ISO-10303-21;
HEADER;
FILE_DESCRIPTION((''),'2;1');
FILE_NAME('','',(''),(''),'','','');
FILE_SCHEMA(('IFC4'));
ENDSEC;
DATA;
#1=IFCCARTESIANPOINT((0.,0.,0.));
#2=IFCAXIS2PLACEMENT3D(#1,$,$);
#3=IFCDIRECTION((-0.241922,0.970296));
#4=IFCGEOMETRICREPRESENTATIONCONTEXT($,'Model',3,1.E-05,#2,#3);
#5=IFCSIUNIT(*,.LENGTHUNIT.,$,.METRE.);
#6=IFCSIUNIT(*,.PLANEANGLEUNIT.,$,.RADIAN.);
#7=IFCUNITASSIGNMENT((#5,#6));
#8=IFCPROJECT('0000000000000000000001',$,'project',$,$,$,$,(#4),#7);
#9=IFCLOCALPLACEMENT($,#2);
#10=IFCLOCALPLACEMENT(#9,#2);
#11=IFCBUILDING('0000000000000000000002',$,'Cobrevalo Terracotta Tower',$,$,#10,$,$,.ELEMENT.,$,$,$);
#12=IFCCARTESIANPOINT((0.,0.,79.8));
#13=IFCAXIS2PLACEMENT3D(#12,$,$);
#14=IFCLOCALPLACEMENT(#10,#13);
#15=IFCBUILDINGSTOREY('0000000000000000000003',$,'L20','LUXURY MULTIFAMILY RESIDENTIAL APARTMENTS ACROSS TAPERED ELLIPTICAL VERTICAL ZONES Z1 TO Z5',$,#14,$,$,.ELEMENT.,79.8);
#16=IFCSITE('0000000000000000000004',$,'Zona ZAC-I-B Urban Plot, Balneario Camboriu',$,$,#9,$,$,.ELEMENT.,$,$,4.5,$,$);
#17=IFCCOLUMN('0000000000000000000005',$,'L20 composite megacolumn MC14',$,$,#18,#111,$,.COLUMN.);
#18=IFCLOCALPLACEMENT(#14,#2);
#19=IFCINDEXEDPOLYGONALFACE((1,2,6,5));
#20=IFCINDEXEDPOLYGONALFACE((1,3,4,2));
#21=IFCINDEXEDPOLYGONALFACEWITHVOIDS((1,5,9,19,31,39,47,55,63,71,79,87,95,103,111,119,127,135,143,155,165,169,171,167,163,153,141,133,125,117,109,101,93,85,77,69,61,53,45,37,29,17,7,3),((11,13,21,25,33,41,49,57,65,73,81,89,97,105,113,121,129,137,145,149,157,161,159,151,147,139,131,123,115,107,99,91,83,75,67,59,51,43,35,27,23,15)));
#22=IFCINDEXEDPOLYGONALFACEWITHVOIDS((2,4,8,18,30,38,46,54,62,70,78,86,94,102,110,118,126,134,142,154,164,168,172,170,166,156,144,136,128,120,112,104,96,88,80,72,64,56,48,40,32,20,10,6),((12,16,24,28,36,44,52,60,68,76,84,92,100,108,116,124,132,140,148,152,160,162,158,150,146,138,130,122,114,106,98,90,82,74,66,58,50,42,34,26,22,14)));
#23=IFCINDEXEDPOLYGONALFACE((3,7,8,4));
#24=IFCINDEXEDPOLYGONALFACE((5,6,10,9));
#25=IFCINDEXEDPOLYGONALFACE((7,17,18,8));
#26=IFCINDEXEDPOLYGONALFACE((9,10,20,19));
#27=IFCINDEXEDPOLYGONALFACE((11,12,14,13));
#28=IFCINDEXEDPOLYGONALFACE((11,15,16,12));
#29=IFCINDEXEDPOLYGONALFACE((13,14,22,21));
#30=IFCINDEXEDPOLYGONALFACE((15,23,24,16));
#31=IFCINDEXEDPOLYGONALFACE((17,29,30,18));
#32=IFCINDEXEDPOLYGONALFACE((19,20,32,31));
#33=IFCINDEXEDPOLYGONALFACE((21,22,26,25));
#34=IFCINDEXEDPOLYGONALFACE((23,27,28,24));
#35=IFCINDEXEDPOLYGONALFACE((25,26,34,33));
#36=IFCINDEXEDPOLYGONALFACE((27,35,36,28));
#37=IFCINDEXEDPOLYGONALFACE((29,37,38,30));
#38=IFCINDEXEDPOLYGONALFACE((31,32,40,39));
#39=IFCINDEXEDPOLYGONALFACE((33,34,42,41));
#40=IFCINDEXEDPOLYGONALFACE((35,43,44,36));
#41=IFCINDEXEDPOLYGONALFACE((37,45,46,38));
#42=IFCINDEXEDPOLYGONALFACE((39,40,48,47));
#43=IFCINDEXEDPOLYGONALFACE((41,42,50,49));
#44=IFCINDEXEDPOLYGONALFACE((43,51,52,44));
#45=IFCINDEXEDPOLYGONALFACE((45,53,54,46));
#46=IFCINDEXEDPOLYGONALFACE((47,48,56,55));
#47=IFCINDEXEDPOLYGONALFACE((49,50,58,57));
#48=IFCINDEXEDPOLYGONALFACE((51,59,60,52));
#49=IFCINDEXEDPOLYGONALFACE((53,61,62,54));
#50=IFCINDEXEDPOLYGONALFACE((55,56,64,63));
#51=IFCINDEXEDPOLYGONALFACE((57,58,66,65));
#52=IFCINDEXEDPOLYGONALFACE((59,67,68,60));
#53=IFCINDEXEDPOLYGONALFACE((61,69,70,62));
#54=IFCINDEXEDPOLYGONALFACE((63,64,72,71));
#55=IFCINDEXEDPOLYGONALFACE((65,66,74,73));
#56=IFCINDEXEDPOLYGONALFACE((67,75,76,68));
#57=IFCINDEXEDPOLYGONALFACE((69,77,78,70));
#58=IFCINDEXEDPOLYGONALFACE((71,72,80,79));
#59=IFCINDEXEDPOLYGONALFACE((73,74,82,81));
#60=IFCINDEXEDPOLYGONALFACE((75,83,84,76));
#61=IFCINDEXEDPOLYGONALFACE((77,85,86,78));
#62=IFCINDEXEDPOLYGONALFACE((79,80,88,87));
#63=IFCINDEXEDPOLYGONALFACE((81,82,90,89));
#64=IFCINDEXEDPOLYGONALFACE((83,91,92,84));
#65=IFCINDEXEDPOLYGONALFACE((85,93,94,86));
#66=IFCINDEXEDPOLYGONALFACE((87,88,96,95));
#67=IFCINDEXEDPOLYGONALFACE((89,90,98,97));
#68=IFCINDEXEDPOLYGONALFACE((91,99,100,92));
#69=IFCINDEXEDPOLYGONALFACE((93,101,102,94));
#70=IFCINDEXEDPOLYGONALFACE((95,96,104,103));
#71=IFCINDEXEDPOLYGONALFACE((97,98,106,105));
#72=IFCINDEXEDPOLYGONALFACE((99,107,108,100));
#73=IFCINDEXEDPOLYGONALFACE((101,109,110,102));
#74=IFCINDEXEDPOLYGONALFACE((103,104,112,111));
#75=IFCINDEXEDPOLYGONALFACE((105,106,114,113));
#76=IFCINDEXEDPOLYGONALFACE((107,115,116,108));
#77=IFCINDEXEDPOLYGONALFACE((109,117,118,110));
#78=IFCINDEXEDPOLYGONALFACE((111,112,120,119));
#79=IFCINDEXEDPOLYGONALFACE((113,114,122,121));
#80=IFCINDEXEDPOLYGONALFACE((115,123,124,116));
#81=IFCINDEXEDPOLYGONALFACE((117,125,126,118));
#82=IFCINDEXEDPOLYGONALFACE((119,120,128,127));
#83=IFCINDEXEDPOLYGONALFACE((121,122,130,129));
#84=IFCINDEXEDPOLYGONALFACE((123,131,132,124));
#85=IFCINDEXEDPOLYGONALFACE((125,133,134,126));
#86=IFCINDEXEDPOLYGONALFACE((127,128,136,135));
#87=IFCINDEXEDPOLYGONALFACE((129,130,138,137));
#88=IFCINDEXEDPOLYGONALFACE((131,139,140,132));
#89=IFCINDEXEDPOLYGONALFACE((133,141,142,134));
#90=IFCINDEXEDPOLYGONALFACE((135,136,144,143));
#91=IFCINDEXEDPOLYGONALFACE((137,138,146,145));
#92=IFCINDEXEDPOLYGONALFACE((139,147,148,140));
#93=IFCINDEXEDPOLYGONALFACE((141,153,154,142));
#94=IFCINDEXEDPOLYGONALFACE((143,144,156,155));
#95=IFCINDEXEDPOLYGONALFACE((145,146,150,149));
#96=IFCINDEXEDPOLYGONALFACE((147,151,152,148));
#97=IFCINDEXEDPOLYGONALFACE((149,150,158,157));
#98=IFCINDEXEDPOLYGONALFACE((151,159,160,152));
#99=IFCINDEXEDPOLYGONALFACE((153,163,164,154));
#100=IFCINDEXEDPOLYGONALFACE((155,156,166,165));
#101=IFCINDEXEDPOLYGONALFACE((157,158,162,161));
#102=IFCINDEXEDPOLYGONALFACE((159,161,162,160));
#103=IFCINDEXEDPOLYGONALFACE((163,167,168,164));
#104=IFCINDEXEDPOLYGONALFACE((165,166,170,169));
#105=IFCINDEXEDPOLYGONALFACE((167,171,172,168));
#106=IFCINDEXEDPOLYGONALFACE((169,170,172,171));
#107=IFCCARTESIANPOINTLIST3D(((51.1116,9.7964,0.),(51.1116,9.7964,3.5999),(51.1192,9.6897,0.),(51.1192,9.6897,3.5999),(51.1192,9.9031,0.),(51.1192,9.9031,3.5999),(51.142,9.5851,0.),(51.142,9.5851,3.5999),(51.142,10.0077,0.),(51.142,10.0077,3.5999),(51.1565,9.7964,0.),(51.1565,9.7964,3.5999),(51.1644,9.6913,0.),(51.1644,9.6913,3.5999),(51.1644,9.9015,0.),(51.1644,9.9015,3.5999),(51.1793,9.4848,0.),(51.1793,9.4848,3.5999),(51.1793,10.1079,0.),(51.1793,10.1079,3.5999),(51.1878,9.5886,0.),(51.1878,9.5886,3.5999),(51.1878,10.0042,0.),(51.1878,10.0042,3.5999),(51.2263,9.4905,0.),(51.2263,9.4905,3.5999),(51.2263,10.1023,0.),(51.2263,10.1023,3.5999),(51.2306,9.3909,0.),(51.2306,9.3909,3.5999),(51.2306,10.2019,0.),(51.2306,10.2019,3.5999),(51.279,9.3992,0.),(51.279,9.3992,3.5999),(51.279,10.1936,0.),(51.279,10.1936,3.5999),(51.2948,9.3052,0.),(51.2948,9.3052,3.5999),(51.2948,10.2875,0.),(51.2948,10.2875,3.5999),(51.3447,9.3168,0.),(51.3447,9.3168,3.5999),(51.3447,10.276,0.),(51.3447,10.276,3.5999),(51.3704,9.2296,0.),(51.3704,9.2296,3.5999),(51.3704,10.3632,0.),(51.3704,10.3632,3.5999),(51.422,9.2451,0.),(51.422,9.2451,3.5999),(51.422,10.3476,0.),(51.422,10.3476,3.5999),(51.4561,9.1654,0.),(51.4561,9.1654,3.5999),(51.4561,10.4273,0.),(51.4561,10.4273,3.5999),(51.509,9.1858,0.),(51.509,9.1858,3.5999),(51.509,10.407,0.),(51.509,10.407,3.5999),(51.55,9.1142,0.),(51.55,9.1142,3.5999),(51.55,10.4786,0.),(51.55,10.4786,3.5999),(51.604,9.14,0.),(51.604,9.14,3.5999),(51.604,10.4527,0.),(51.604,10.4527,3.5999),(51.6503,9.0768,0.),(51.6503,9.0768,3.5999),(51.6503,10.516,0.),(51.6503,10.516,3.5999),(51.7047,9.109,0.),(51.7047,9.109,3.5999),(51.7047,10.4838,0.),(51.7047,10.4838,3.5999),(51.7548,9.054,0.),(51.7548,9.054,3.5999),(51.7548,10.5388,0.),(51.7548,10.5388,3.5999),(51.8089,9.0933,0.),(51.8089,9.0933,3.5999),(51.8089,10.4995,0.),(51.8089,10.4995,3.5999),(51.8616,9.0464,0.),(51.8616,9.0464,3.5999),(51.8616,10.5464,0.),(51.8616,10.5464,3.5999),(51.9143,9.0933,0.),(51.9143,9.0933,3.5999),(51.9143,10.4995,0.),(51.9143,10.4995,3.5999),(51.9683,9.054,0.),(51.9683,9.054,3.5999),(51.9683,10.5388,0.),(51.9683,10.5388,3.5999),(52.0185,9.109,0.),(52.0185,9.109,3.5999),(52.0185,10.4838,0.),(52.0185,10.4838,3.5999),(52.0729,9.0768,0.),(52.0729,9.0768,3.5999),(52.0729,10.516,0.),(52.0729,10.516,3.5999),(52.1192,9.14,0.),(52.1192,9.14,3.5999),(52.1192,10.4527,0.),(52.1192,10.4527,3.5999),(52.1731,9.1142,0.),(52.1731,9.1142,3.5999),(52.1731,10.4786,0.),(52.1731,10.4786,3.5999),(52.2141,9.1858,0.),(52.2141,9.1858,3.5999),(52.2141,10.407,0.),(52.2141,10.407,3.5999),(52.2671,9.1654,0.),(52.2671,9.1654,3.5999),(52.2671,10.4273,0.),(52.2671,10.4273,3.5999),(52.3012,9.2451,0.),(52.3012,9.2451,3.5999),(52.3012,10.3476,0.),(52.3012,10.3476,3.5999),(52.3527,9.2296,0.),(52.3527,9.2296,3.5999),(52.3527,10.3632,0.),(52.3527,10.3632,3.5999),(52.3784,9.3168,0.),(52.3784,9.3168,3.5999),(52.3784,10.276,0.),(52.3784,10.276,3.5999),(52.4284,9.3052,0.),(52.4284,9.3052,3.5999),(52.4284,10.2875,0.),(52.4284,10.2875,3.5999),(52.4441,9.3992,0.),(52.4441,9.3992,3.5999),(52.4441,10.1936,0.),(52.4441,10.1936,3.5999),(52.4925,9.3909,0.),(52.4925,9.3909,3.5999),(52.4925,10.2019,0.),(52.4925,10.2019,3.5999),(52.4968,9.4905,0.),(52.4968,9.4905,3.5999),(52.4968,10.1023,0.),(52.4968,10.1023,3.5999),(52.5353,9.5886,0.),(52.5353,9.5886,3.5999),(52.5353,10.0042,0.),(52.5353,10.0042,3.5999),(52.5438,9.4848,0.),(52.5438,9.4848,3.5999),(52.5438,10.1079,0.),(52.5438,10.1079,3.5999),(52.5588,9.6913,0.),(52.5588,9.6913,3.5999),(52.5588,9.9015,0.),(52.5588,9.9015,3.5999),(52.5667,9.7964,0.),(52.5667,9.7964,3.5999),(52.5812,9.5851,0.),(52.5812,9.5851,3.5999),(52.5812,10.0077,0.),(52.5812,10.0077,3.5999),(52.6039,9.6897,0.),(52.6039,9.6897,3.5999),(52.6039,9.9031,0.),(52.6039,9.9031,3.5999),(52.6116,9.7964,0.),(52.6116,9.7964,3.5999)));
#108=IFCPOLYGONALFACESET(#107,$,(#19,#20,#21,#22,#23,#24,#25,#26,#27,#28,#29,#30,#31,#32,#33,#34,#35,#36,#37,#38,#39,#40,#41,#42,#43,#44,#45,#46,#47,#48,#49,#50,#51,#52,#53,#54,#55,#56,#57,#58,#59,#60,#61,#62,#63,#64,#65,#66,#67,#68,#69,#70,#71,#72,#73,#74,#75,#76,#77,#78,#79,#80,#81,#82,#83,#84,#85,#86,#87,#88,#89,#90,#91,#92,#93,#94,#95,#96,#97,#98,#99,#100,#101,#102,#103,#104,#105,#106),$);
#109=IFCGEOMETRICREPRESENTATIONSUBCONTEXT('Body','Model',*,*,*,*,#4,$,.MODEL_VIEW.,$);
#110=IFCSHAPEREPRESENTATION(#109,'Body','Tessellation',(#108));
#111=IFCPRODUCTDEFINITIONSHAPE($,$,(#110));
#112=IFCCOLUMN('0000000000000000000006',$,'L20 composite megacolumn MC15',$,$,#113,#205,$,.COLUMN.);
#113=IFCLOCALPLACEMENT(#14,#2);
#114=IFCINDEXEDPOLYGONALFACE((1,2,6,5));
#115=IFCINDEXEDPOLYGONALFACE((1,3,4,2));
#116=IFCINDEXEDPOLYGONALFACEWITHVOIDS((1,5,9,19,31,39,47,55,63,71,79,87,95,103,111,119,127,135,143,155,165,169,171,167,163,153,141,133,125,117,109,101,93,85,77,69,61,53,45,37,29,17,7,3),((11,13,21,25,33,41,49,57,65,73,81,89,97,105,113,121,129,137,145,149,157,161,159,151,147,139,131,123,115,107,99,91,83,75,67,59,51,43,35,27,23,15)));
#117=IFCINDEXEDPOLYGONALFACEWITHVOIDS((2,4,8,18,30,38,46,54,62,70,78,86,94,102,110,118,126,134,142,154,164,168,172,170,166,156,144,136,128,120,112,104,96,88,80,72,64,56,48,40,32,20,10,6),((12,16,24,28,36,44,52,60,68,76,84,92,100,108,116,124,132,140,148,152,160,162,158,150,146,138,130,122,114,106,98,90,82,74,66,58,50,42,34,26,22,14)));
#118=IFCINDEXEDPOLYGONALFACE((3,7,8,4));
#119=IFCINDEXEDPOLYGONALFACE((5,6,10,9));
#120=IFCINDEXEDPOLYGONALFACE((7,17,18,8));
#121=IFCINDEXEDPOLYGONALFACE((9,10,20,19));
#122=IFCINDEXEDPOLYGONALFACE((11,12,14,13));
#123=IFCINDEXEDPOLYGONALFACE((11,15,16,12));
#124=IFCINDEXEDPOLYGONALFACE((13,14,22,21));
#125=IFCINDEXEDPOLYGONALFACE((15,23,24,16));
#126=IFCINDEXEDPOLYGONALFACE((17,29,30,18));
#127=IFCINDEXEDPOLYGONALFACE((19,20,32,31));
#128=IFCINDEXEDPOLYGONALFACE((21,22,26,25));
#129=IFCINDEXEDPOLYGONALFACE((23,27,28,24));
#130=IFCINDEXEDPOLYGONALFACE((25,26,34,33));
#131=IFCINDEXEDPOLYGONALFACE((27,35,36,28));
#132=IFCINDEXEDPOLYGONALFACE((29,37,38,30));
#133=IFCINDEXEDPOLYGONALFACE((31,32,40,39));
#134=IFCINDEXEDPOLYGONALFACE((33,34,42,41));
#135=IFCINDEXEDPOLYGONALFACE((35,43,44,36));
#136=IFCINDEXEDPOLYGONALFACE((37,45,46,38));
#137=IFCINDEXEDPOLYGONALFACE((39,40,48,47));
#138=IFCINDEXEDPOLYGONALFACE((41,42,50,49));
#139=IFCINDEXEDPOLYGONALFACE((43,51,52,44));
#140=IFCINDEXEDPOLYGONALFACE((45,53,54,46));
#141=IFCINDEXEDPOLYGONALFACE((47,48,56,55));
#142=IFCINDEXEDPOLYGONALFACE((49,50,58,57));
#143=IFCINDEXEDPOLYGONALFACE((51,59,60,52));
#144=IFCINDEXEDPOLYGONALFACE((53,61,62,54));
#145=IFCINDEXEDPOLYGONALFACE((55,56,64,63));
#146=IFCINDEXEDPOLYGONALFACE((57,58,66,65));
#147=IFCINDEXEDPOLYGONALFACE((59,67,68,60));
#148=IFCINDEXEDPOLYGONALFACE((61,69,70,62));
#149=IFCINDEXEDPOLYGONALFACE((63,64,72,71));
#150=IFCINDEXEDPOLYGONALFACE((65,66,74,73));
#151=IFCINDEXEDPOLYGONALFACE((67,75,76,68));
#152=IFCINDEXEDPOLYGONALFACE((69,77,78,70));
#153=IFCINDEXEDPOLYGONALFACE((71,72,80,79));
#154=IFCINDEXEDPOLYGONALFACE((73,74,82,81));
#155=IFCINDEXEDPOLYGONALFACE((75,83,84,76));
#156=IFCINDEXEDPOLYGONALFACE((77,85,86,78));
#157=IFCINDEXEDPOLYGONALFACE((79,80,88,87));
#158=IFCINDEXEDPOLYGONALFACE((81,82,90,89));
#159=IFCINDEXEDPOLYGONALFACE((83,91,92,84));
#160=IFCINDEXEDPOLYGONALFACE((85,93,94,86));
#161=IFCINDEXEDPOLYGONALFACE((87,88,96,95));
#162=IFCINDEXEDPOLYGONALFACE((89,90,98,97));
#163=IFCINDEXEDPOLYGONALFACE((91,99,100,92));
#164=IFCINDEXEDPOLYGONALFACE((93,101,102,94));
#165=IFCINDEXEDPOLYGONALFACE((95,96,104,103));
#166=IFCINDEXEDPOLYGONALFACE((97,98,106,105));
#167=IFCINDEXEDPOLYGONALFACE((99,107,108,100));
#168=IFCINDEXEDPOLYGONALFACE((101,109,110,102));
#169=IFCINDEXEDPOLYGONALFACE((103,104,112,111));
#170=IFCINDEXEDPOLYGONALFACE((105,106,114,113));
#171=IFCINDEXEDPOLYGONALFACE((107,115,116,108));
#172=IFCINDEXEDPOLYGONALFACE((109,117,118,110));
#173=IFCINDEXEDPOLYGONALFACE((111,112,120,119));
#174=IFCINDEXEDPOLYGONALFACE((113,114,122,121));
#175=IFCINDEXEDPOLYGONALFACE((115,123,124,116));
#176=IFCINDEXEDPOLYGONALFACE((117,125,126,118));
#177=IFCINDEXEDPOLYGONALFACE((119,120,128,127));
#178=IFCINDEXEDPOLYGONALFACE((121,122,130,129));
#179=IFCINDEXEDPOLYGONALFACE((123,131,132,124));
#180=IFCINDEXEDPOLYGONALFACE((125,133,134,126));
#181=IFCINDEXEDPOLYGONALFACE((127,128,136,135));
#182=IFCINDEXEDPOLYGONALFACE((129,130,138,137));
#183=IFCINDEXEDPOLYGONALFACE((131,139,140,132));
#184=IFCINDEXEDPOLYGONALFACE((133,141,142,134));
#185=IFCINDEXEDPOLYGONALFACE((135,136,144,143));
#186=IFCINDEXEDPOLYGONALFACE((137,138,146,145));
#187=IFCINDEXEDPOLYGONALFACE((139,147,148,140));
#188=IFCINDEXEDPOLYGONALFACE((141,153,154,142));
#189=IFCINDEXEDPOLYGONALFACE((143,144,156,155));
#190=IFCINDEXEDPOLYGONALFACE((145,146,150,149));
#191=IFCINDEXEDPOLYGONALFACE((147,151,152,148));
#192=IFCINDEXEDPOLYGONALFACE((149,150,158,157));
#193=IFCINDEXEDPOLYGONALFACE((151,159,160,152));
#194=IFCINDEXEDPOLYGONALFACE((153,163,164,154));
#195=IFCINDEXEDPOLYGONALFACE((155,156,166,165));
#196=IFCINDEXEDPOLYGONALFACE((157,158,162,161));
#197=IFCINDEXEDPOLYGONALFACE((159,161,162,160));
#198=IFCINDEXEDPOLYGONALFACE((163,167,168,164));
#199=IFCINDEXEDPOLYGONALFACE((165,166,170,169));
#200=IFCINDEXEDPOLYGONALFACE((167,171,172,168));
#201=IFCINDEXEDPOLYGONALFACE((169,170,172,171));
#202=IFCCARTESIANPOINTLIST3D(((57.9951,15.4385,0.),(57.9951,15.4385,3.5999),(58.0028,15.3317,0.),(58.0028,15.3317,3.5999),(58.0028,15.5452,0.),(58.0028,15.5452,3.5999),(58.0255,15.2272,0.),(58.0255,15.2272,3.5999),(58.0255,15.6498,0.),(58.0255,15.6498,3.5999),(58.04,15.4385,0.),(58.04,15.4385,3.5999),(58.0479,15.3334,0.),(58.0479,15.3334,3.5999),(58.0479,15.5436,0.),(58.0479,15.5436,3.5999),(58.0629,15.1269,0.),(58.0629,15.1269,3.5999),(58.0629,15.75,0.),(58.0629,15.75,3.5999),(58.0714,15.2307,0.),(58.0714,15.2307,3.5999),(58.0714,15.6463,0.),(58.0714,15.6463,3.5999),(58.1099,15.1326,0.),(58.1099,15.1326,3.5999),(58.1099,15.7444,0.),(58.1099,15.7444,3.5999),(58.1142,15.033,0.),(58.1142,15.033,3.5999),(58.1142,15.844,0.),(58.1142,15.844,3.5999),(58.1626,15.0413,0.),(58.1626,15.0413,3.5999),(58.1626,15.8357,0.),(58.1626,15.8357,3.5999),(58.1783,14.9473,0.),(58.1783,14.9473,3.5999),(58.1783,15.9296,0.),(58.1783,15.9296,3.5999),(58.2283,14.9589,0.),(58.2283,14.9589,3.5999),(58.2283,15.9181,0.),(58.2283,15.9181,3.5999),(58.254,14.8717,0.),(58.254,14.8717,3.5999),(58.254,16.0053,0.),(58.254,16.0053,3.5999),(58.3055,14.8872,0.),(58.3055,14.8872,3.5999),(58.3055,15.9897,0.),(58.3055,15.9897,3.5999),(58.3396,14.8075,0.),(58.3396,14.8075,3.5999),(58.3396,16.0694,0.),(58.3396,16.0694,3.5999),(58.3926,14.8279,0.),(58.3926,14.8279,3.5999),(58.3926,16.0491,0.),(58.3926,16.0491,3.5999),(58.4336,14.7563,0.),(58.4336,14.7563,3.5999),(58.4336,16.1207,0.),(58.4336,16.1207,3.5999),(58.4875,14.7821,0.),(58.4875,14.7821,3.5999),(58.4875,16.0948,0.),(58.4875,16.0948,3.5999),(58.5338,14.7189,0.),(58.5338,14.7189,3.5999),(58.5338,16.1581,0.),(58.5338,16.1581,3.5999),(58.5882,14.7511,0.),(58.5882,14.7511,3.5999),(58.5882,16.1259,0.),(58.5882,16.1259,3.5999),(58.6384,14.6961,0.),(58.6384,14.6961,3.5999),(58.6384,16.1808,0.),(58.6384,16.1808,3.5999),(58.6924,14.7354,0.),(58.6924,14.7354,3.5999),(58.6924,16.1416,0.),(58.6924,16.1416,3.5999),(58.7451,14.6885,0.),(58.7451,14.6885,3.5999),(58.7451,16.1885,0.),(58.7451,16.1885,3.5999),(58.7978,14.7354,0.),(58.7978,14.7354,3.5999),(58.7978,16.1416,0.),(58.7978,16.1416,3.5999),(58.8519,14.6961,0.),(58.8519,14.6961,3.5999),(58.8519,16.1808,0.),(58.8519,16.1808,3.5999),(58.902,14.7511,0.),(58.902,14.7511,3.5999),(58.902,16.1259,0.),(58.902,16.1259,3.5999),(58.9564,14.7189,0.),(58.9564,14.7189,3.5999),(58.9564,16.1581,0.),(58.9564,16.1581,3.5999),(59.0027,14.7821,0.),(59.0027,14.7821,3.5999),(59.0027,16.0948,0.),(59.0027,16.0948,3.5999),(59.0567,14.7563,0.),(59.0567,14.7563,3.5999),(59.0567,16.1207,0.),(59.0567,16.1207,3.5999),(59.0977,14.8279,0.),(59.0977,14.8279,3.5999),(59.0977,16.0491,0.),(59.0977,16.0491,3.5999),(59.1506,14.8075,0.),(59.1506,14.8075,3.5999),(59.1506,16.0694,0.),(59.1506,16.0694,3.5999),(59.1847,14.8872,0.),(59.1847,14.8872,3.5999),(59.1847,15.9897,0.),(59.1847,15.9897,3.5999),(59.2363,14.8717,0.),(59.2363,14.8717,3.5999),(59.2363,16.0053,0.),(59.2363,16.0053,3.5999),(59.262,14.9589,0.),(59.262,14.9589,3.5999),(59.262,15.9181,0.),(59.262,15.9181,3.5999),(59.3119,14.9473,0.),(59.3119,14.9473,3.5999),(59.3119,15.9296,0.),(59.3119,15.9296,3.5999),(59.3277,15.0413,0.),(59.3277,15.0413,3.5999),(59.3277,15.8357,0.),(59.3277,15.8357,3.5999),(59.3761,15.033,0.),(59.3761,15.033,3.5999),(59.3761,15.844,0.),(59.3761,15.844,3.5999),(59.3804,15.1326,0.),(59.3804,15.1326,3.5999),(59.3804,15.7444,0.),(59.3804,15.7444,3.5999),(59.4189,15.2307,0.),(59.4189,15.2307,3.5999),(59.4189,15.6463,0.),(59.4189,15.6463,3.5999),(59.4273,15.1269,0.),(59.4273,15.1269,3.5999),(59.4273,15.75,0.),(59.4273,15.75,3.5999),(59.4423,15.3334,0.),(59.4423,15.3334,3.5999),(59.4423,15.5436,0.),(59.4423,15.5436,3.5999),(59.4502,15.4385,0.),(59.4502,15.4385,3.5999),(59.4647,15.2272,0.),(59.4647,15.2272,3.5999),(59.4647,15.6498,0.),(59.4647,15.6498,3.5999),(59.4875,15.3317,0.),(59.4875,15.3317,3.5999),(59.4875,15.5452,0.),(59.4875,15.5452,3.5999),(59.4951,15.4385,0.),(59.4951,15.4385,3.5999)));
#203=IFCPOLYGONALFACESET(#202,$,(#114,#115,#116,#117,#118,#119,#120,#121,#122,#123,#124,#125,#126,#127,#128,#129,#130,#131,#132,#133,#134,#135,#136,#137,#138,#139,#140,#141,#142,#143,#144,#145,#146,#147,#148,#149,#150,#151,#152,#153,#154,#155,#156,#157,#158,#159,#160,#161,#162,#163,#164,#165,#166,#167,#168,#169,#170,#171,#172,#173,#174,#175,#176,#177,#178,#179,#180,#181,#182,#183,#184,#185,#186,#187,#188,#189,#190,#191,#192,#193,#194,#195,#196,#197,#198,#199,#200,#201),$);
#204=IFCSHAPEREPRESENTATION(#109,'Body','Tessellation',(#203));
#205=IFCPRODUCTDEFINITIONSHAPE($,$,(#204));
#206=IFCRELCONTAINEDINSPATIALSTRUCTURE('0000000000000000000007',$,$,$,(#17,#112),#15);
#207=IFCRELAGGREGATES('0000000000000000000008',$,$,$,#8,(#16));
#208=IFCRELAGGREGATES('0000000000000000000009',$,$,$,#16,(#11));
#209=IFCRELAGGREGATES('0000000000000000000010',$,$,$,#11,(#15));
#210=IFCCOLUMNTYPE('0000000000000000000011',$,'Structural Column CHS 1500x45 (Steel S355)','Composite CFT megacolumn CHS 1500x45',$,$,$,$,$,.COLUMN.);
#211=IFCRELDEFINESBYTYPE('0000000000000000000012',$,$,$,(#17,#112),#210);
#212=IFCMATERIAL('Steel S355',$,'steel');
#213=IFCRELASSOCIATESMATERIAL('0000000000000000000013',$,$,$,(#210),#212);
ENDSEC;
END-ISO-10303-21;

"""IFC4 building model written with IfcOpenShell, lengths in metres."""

from ifc_helpers import new_model, si_unit, direction, frame, origin, origin_2d, place, context, subcontext, project, spatial, hollow_circle, extrude, material, material_profile, profile_set, type_object, element, save


model = new_model("IFC4")

# Units and contexts
model_context = context("Model", 3, precision=1e-05, world=origin(), true_north=direction((-0.241922, 0.970296)))
body_context = subcontext(model_context, "Body", "Model", "MODEL_VIEW")
ifc_project = project(units=[si_unit("LENGTHUNIT", "METRE"), si_unit("PLANEANGLEUNIT", "RADIAN")], contexts=[model_context])

# Site, building, storey
site_placement = place(None, origin())
site = spatial("IfcSite", under=ifc_project, at=site_placement, Name="Zona ZAC-I-B Urban Plot, Balneario Camboriu", CompositionType="ELEMENT", RefElevation=4.5)
building_placement = place(site_placement, origin())
building = spatial("IfcBuilding", under=site, at=building_placement, Name="Cobrevalo Terracotta Tower", CompositionType="ELEMENT")
storey_placement = place(building_placement, frame((0.0, 0.0, 79.8)))
storey = spatial("IfcBuildingStorey", under=building, at=storey_placement, Name="L20", Description="LUXURY MULTIFAMILY RESIDENTIAL APARTMENTS ACROSS TAPERED ELLIPTICAL VERTICAL ZONES Z1 TO Z5", CompositionType="ELEMENT", Elevation=79.8)

# Columns
ifc_material_1 = material(Name="Steel S355", Category="steel")
ifc_material_profile_1 = material_profile(ifc_material_1, hollow_circle(Radius=0.75, WallThickness=0.0449, at=origin_2d()), Name="CHS 1500x45")
ifc_profile_set_1 = profile_set([ifc_material_profile_1], Name="Steel S355")
column_type = type_object("IfcColumnType", Name="Structural Column CHS 1500x45 (Steel S355)", Description="Composite CFT megacolumn CHS 1500x45", PredefinedType="COLUMN", material=ifc_profile_set_1)
for number, where, z_axis, x_axis, name in (
    (1, (51.8616, 9.7964, 0.0), (0.0, 0.0, 1.0), (1.0, 0.0, 0.0), "L20 composite megacolumn MC14"),
    (2, (58.7451, 15.4385, 0.0), (0.0, 0.0, 1.0), (1.0, 0.0, 0.0), "L20 composite megacolumn MC15"),
):
    element("IfcColumn", number, at=place(storey_placement, frame(where, z_axis=z_axis, x_axis=x_axis)), inside=storey, type_object=column_type, Name=name, PredefinedType="COLUMN", context=body_context, shape_type="SweptSolid", body=[
        extrude(hollow_circle(Radius=0.75, WallThickness=0.0449, at=origin_2d()), origin(), (0.0, 0.0, 1.0), 3.5999),
    ])

save(model, "model.ifc")
